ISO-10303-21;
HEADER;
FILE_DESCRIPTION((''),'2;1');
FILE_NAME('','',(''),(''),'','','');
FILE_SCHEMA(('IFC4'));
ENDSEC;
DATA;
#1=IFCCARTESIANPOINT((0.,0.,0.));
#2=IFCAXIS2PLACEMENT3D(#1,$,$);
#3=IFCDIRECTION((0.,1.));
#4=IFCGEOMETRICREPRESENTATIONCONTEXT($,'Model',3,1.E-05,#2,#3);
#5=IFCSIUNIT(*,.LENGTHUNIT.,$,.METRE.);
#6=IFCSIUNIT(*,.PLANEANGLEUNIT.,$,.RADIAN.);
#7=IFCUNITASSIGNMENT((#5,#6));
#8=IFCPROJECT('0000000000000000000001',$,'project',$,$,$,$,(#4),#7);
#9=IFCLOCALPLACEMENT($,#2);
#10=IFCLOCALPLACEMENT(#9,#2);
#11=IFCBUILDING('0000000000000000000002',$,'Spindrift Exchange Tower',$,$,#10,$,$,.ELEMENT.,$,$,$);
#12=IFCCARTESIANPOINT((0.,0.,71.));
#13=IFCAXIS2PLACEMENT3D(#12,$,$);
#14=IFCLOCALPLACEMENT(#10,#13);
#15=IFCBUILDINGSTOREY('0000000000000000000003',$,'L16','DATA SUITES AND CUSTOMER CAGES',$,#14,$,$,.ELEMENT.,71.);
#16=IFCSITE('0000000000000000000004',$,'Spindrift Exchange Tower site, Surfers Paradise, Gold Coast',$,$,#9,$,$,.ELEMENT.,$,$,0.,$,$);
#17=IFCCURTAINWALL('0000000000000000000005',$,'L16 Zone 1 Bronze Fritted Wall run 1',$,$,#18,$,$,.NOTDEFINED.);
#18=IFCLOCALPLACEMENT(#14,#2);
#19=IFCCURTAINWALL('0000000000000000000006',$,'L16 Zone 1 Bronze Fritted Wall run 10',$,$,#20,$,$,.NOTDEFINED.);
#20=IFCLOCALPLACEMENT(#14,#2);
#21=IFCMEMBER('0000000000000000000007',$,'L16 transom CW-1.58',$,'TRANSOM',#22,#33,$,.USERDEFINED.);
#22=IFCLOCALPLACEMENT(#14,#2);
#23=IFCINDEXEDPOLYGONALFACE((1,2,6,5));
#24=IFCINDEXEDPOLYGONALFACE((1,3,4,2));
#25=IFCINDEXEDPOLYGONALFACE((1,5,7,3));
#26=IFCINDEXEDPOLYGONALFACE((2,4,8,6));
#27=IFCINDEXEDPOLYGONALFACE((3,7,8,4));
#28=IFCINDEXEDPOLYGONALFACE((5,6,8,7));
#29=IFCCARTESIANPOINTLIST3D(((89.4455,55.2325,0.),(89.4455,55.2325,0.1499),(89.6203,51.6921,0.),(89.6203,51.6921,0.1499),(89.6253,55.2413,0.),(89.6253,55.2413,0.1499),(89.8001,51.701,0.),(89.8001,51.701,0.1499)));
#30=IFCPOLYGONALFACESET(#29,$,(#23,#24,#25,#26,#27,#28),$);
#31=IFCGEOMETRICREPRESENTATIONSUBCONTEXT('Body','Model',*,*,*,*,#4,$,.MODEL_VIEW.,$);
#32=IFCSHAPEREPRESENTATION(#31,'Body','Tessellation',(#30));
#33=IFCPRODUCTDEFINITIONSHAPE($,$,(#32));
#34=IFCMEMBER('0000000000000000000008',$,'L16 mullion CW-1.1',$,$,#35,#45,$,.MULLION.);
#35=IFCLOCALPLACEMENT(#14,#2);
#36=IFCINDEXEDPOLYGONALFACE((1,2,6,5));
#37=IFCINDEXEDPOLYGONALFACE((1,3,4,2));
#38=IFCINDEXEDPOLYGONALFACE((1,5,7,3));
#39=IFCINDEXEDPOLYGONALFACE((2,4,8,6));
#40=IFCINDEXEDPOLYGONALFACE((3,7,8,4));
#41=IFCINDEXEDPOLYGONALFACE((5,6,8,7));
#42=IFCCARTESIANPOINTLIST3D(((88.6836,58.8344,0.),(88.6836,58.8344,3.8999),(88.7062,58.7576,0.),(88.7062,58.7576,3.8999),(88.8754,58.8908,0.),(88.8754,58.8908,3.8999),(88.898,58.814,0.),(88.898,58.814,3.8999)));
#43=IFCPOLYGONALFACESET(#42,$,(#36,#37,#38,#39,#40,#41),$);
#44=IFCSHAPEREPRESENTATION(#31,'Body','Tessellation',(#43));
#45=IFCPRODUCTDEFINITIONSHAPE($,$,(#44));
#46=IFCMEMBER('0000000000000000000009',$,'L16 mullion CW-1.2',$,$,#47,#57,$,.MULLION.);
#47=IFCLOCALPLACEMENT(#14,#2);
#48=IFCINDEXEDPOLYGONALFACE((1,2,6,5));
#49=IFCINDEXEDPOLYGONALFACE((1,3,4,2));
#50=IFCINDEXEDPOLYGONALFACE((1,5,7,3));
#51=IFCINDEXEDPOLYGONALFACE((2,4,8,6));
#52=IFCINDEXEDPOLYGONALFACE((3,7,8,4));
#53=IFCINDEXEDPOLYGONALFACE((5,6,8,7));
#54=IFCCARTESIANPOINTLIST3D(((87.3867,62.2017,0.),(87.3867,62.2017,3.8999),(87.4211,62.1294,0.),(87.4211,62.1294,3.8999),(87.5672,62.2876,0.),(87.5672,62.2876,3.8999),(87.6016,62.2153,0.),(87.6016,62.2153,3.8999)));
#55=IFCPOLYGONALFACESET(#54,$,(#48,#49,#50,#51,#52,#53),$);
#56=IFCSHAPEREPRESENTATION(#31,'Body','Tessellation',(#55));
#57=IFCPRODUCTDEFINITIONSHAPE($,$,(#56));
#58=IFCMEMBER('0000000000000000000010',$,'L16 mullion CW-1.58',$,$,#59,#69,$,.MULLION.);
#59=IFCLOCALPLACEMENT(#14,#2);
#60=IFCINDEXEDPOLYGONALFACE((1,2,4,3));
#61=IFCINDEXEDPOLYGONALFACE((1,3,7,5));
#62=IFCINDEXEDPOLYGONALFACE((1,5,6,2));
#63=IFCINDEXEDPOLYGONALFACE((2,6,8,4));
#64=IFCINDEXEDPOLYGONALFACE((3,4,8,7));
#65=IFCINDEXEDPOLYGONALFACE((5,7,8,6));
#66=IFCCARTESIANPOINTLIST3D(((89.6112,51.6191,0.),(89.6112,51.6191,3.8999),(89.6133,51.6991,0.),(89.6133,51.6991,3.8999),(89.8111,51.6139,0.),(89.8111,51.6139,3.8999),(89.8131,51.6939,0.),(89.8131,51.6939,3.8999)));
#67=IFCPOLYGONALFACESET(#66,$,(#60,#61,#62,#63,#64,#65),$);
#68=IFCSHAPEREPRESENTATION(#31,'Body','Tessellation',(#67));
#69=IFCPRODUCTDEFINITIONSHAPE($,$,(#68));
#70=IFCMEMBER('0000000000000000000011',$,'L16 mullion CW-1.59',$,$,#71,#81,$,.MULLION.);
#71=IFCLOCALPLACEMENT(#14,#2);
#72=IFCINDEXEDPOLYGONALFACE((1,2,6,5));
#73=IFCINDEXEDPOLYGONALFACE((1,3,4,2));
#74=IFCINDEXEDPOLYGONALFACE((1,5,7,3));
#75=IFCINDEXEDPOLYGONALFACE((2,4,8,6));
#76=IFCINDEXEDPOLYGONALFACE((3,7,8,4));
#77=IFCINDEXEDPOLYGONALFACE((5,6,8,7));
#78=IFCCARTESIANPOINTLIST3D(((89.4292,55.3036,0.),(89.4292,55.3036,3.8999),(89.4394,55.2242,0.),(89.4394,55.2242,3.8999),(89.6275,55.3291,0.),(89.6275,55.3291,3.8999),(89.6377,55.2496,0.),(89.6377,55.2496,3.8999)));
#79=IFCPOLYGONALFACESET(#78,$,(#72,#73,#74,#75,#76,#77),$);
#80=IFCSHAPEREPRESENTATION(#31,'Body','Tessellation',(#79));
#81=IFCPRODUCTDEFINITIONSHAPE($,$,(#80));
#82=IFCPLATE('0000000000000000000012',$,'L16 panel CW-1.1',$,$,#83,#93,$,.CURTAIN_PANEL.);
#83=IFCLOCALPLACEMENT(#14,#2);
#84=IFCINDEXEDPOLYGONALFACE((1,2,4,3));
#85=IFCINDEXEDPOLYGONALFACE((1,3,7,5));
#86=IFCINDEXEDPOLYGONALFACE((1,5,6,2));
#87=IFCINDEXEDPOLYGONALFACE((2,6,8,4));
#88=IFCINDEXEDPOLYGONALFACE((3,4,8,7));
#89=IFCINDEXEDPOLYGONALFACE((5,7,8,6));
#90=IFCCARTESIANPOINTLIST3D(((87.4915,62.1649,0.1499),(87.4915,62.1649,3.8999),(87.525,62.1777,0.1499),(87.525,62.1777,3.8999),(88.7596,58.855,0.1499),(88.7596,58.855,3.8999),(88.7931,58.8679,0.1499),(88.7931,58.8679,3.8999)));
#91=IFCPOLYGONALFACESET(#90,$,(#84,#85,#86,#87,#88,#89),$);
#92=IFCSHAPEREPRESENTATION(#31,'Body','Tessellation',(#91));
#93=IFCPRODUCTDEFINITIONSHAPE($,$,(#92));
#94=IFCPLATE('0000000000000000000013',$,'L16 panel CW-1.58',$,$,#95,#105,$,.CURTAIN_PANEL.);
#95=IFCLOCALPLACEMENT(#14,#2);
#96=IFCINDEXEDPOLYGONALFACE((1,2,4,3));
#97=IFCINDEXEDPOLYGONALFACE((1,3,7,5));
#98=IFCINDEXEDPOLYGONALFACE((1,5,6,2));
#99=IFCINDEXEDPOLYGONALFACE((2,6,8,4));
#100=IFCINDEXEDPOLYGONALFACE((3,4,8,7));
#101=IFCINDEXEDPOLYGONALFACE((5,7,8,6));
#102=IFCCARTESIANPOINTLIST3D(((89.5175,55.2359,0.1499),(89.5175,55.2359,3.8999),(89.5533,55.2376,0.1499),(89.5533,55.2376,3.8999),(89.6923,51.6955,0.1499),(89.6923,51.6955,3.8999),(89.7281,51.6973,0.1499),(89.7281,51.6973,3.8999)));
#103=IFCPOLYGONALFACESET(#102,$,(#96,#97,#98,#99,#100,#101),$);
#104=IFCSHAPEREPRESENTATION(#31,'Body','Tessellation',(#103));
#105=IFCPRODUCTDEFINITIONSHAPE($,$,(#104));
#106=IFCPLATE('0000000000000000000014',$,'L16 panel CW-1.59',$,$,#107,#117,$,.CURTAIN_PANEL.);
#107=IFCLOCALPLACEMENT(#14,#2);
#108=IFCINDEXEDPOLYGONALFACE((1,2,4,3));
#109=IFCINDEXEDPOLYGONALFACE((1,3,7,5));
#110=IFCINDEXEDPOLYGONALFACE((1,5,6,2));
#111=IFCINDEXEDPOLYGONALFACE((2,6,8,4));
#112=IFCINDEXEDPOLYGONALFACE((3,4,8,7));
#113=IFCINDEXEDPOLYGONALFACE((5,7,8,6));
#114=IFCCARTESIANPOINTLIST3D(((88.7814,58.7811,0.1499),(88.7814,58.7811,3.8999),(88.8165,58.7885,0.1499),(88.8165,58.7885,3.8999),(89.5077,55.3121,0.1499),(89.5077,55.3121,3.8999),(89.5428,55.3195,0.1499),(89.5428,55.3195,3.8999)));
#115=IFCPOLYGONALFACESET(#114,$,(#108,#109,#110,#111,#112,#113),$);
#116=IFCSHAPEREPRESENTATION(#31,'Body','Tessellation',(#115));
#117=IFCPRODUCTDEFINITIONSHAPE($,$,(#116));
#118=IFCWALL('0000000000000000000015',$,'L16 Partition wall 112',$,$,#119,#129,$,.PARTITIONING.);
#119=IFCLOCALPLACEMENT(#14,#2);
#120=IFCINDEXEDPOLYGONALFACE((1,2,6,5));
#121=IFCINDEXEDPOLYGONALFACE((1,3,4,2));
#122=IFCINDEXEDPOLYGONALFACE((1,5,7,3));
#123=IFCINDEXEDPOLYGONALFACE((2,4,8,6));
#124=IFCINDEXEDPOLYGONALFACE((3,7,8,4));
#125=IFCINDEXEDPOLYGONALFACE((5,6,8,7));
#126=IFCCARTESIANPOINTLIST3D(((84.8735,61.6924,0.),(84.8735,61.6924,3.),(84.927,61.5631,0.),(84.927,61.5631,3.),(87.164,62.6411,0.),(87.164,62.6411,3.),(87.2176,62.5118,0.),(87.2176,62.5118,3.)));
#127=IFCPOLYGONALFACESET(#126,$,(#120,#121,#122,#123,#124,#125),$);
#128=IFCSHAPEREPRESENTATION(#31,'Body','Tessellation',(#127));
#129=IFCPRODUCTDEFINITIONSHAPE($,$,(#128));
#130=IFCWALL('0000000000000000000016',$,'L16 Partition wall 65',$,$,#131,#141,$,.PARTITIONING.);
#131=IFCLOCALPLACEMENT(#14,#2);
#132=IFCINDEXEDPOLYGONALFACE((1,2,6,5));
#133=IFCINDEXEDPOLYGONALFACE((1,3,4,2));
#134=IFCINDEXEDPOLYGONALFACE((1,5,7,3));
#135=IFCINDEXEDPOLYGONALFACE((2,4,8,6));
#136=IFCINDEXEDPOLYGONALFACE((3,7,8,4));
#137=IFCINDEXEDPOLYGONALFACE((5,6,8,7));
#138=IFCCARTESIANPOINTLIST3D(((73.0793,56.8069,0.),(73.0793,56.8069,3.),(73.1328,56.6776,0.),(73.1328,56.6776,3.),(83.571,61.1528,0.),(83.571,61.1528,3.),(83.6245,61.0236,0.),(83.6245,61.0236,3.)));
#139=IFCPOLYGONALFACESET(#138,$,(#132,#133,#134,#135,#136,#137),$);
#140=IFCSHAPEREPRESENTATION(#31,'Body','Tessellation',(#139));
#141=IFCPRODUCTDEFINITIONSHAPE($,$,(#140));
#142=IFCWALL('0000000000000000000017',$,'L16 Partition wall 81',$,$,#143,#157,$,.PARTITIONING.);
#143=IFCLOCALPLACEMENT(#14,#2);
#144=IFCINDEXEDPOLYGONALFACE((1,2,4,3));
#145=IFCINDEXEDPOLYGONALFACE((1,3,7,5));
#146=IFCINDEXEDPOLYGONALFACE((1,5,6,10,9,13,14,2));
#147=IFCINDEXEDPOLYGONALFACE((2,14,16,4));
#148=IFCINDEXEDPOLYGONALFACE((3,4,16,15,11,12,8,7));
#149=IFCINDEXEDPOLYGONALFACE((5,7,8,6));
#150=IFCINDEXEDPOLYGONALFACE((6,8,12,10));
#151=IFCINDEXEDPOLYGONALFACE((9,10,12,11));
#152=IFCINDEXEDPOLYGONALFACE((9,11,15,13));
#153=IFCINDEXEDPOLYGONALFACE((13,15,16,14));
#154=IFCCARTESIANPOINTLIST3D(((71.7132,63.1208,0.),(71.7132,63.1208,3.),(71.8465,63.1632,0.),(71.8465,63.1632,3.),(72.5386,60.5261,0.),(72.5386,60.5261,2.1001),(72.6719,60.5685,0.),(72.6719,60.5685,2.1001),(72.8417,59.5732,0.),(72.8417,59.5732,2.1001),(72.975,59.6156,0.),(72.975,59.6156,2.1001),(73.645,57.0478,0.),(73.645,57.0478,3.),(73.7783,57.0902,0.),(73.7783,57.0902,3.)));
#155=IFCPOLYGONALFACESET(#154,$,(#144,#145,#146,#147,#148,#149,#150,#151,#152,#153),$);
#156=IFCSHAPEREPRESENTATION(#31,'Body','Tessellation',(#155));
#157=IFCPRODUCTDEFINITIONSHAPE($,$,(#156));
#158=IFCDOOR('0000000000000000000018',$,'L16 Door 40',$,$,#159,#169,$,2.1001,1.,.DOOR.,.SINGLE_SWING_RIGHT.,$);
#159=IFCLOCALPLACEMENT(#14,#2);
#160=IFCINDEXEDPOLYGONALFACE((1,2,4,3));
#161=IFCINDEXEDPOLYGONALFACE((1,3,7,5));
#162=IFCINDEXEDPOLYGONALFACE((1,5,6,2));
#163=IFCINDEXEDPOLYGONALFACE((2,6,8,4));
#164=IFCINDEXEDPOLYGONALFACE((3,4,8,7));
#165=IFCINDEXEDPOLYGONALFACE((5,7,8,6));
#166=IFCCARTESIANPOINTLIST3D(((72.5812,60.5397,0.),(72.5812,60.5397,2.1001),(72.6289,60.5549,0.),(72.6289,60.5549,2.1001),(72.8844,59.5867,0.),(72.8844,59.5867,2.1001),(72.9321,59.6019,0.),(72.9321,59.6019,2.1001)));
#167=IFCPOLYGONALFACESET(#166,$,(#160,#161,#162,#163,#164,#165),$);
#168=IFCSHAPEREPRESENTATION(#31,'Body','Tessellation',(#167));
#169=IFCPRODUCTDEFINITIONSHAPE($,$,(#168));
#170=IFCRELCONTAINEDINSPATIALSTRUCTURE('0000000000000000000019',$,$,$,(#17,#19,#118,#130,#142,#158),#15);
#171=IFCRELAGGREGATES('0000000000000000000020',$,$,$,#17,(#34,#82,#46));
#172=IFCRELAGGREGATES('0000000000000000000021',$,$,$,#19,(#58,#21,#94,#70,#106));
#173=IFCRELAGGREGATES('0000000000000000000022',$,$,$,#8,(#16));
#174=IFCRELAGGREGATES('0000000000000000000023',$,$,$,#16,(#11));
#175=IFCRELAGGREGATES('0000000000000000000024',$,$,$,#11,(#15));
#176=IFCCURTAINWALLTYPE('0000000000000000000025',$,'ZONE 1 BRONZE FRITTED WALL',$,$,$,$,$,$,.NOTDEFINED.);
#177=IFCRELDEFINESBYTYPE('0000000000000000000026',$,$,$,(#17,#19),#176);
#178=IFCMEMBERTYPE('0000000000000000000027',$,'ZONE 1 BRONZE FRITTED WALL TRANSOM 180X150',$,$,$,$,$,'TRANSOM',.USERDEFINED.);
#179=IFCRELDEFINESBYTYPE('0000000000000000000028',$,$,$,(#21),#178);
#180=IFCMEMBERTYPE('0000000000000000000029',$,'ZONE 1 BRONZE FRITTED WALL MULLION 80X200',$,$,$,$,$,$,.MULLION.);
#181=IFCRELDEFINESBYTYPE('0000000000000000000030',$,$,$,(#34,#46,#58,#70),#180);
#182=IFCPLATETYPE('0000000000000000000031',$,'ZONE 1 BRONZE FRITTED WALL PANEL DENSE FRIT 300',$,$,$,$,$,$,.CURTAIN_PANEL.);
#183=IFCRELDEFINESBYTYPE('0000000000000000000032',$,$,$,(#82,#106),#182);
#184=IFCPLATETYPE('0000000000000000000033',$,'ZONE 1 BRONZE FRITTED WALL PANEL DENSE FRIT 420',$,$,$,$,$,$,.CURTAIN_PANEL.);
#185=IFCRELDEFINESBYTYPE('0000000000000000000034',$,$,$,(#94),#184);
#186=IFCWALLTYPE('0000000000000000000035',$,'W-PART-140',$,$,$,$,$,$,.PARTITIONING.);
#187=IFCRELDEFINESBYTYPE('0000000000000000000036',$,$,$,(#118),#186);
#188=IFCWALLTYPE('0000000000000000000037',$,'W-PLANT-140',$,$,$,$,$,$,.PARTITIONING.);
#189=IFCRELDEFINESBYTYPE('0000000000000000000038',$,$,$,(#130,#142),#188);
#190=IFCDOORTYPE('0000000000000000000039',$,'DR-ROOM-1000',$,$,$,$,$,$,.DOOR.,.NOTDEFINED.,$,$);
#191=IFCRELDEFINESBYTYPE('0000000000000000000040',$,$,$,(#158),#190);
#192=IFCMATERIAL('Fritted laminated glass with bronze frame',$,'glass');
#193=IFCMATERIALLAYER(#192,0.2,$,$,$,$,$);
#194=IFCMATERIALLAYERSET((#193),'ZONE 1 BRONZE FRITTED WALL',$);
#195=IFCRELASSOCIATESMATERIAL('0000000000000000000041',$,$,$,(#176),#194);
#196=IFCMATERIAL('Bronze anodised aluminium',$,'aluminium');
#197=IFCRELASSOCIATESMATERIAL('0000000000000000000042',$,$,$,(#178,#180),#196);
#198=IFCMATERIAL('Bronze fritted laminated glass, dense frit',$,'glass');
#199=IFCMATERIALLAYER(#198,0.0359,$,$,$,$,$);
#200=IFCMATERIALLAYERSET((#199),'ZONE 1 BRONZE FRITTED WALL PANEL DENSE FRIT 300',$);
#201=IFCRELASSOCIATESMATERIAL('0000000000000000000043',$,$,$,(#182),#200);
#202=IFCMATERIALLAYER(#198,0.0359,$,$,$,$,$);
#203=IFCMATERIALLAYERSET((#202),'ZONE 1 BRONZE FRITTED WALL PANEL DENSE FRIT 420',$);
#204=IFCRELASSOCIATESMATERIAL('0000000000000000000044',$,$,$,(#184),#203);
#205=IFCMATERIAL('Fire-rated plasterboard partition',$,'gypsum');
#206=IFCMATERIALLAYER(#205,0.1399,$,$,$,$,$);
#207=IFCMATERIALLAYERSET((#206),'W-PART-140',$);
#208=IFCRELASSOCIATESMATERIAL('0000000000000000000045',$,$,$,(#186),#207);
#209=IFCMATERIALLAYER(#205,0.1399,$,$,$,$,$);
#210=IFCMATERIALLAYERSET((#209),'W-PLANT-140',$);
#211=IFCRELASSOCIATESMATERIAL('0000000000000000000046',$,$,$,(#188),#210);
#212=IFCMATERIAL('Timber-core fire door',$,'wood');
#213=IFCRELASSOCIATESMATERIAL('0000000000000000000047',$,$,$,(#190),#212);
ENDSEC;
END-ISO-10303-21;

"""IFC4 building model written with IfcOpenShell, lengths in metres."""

from ifc_helpers import new_model, si_unit, direction, frame, frame_2d, origin, origin_2d, place, context, subcontext, project, spatial, rectangle, extrude, source, transform, mapped, material, layer, layer_set, material_profile, profile_set, type_object, element, fill, aggregate, save


model = new_model("IFC4")

# Units and contexts
model_context = context("Model", 3, precision=1e-05, world=origin(), true_north=direction((0.0, 1.0)))
body_context = subcontext(model_context, "Body", "Model", "MODEL_VIEW")
ifc_project = project(units=[si_unit("LENGTHUNIT", "METRE"), si_unit("PLANEANGLEUNIT", "RADIAN")], contexts=[model_context])

# Site, building, storey
site_placement = place(None, origin())
site = spatial("IfcSite", under=ifc_project, at=site_placement, Name="Spindrift Exchange Tower site, Surfers Paradise, Gold Coast", CompositionType="ELEMENT", RefElevation=0.0)
building_placement = place(site_placement, origin())
building = spatial("IfcBuilding", under=site, at=building_placement, Name="Spindrift Exchange Tower", CompositionType="ELEMENT")
storey_placement = place(building_placement, frame((0.0, 0.0, 71.0)))
storey = spatial("IfcBuildingStorey", under=building, at=storey_placement, Name="L16", Description="DATA SUITES AND CUSTOMER CAGES", CompositionType="ELEMENT", Elevation=71.0)

# Curtain walls
ifc_material_1 = material(Name="Fritted laminated glass with bronze frame", Category="glass")
ifc_layer_1 = layer(ifc_material_1, 0.2)
ifc_layer_set_1 = layer_set([ifc_layer_1], Name="ZONE 1 BRONZE FRITTED WALL")
curtain_wall_type = type_object("IfcCurtainWallType", Name="ZONE 1 BRONZE FRITTED WALL", PredefinedType="NOTDEFINED", material=ifc_layer_set_1)
curtain_wall_1_placement = place(storey_placement, origin())
curtain_wall_1 = element("IfcCurtainWall", 1, at=curtain_wall_1_placement, inside=storey, type_object=curtain_wall_type, Name="L16 Zone 1 Bronze Fritted Wall run 1", PredefinedType="NOTDEFINED")
ifc_material_2 = material(Name="Bronze anodised aluminium", Category="aluminium")
ifc_material_profile_1 = material_profile(ifc_material_2, rectangle(XDim=0.1799, YDim=0.1499, at=origin_2d()), Name="ZONE 1 BRONZE FRITTED WALL TRANSOM 180X150")
ifc_profile_set_1 = profile_set([ifc_material_profile_1], Name="Bronze anodised aluminium")
member_type_1 = type_object("IfcMemberType", Name="ZONE 1 BRONZE FRITTED WALL TRANSOM 180X150", ElementType="TRANSOM", PredefinedType="USERDEFINED", material=ifc_profile_set_1)
curtain_wall_2_placement = place(storey_placement, origin())
curtain_wall_2 = element("IfcCurtainWall", 2, at=curtain_wall_2_placement, inside=storey, type_object=curtain_wall_type, Name="L16 Zone 1 Bronze Fritted Wall run 10", PredefinedType="NOTDEFINED")

# Members
shared_shape_1 = source(origin(), body_context, "Body", "SweptSolid", [
    extrude(rectangle(XDim=0.1799, YDim=0.1499, at=origin_2d()), origin(), (0.0, 0.0, 1.0), 3.5447),
])
member_1_placement = place(storey_placement, frame((89.7102, 51.6965, 0.075), z_axis=(-0.049316, 0.998783, 0.0), x_axis=(-0.998783, -0.049316, 0.0)))
member_1 = element("IfcMember", 3, at=member_1_placement, type_object=member_type_1, Name="L16 transom CW-1.58", ObjectType="TRANSOM", PredefinedType="USERDEFINED", context=body_context, shape_type="MappedRepresentation", body=[
    mapped(shared_shape_1, transform((0.0, 0.0, 0.0), scale=1.0)),
])
ifc_material_profile_2 = material_profile(ifc_material_2, rectangle(XDim=0.0801, YDim=0.2, at=origin_2d()), Name="ZONE 1 BRONZE FRITTED WALL MULLION 80X200")
ifc_profile_set_2 = profile_set([ifc_material_profile_2], Name="Bronze anodised aluminium")
member_type_2 = type_object("IfcMemberType", Name="ZONE 1 BRONZE FRITTED WALL MULLION 80X200", PredefinedType="MULLION", material=ifc_profile_set_2)
shared_shape_2 = source(origin(), body_context, "Body", "SweptSolid", [
    extrude(rectangle(XDim=0.0801, YDim=0.2, at=origin_2d()), origin(), (0.0, 0.0, 1.0), 3.8999),
])
member_2_placement = place(storey_placement, frame((88.7908, 58.8242, 0.0), z_axis=(0.0, 0.0, 1.0), x_axis=(-0.282243, 0.959343, 0.0)))
member_2 = element("IfcMember", 4, at=member_2_placement, type_object=member_type_2, Name="L16 mullion CW-1.1", PredefinedType="MULLION", context=body_context, shape_type="MappedRepresentation", body=[
    mapped(shared_shape_2, transform((0.0, 0.0, 0.0), scale=1.0)),
])
member_3_placement = place(storey_placement, frame((87.4941, 62.2085, 0.0), z_axis=(0.0, 0.0, 1.0), x_axis=(-0.429931, 0.902862, 0.0)))
member_3 = element("IfcMember", 5, at=member_3_placement, type_object=member_type_2, Name="L16 mullion CW-1.2", PredefinedType="MULLION", context=body_context, shape_type="MappedRepresentation", body=[
    mapped(shared_shape_2, transform((0.0, 0.0, 0.0), scale=1.0)),
])
member_4_placement = place(storey_placement, frame((89.7122, 51.6565, 0.0), z_axis=(0.0, 0.0, 1.0), x_axis=(0.025877, 0.999665, 0.0)))
member_4 = element("IfcMember", 6, at=member_4_placement, type_object=member_type_2, Name="L16 mullion CW-1.58", PredefinedType="MULLION", context=body_context, shape_type="MappedRepresentation", body=[
    mapped(shared_shape_2, transform((0.0, 0.0, 0.0), scale=1.0)),
])
member_5_placement = place(storey_placement, frame((89.5334, 55.2766, 0.0), z_axis=(0.0, 0.0, 1.0), x_axis=(-0.127505, 0.991838, 0.0)))
member_5 = element("IfcMember", 7, at=member_5_placement, type_object=member_type_2, Name="L16 mullion CW-1.59", PredefinedType="MULLION", context=body_context, shape_type="MappedRepresentation", body=[
    mapped(shared_shape_2, transform((0.0, 0.0, 0.0), scale=1.0)),
])

# Plates
ifc_material_3 = material(Name="Bronze fritted laminated glass, dense frit", Category="glass")
ifc_layer_2 = layer(ifc_material_3, 0.0359)
ifc_layer_set_2 = layer_set([ifc_layer_2], Name="ZONE 1 BRONZE FRITTED WALL PANEL DENSE FRIT 300")
plate_type_1 = type_object("IfcPlateType", Name="ZONE 1 BRONZE FRITTED WALL PANEL DENSE FRIT 300", PredefinedType="CURTAIN_PANEL", material=ifc_layer_set_2)
shared_shape_3 = source(origin(), body_context, "Body", "SweptSolid", [
    extrude(rectangle(XDim=3.5444, YDim=0.0359, at=origin_2d()), origin(), (0.0, 0.0, 1.0), 3.75),
])
plate_1_placement = place(storey_placement, frame((88.1423, 60.5164, 0.1499), z_axis=(0.0, 0.0, 1.0), x_axis=(-0.35777, 0.93381, 0.0)))
plate_1 = element("IfcPlate", 8, at=plate_1_placement, type_object=plate_type_1, Name="L16 panel CW-1.1", PredefinedType="CURTAIN_PANEL", context=body_context, shape_type="MappedRepresentation", body=[
    mapped(shared_shape_3, transform((0.0, 0.0, 0.0), scale=1.0)),
])
aggregate(curtain_wall_1, [member_2, plate_1, member_3])
ifc_layer_3 = layer(ifc_material_3, 0.0359)
ifc_layer_set_3 = layer_set([ifc_layer_3], Name="ZONE 1 BRONZE FRITTED WALL PANEL DENSE FRIT 420")
plate_type_2 = type_object("IfcPlateType", Name="ZONE 1 BRONZE FRITTED WALL PANEL DENSE FRIT 420", PredefinedType="CURTAIN_PANEL", material=ifc_layer_set_3)
shared_shape_4 = source(origin(), body_context, "Body", "SweptSolid", [
    extrude(rectangle(XDim=3.5447, YDim=0.0359, at=origin_2d()), origin(), (0.0, 0.0, 1.0), 3.75),
])
plate_2_placement = place(storey_placement, frame((89.6228, 53.4666, 0.1499), z_axis=(0.0, 0.0, 1.0), x_axis=(-0.049301, 0.998784, 0.0)))
plate_2 = element("IfcPlate", 9, at=plate_2_placement, type_object=plate_type_2, Name="L16 panel CW-1.58", PredefinedType="CURTAIN_PANEL", context=body_context, shape_type="MappedRepresentation", body=[
    mapped(shared_shape_4, transform((0.0, 0.0, 0.0), scale=1.0)),
])
shared_shape_5 = source(origin(), body_context, "Body", "SweptSolid", [
    extrude(rectangle(XDim=3.5442, YDim=0.0359, at=origin_2d()), origin(), (0.0, 0.0, 1.0), 3.75),
])
plate_3_placement = place(storey_placement, frame((89.1621, 57.0503, 0.1499), z_axis=(0.0, 0.0, 1.0), x_axis=(-0.204921, 0.978778, 0.0)))
plate_3 = element("IfcPlate", 10, at=plate_3_placement, type_object=plate_type_1, Name="L16 panel CW-1.59", PredefinedType="CURTAIN_PANEL", context=body_context, shape_type="MappedRepresentation", body=[
    mapped(shared_shape_5, transform((0.0, 0.0, 0.0), scale=1.0)),
])
aggregate(curtain_wall_2, [member_4, member_1, plate_2, member_5, plate_3])

# Walls
ifc_material_4 = material(Name="Fire-rated plasterboard partition", Category="gypsum")
ifc_layer_4 = layer(ifc_material_4, 0.1399)
ifc_layer_set_4 = layer_set([ifc_layer_4], Name="W-PART-140")
wall_type_1 = type_object("IfcWallType", Name="W-PART-140", PredefinedType="PARTITIONING", material=ifc_layer_set_4)
wall_1_placement = place(storey_placement, frame((84.9001, 61.6277, 0.0), z_axis=(0.0, 0.0, 1.0), x_axis=(0.923885, 0.382671, 0.0)))
element("IfcWall", 11, at=wall_1_placement, inside=storey, type_object=wall_type_1, Name="L16 Partition wall 112", PredefinedType="PARTITIONING", context=body_context, shape_type="SweptSolid", body=[
    extrude(rectangle(XDim=2.4792, YDim=0.1399, at=frame_2d((1.2397, 0.0))), origin(), (0.0, 0.0, 1.0), 3.0),
])
ifc_layer_5 = layer(ifc_material_4, 0.1399)
ifc_layer_set_5 = layer_set([ifc_layer_5], Name="W-PLANT-140")
wall_type_2 = type_object("IfcWallType", Name="W-PLANT-140", PredefinedType="PARTITIONING", material=ifc_layer_set_5)
wall_2_placement = place(storey_placement, frame((73.106, 56.7422, 0.0), z_axis=(0.0, 0.0, 1.0), x_axis=(0.923875, 0.382694, 0.0)))
element("IfcWall", 12, at=wall_2_placement, inside=storey, type_object=wall_type_2, Name="L16 Partition wall 65", PredefinedType="PARTITIONING", context=body_context, shape_type="SweptSolid", body=[
    extrude(rectangle(XDim=11.3562, YDim=0.1399, at=frame_2d((5.6782, 0.0))), origin(), (0.0, 0.0, 1.0), 3.0),
])

# Wall, opening, door
wall_3_placement = place(storey_placement, frame((71.7798, 63.1421, 0.0), z_axis=(0.0, 0.0, 1.0), x_axis=(0.303142, -0.952945, 0.0)))
wall_3 = element("IfcWall", 13, at=wall_3_placement, inside=storey, type_object=wall_type_2, Name="L16 Partition wall 81", PredefinedType="PARTITIONING", context=body_context, shape_type="SweptSolid", body=[
    extrude(rectangle(XDim=6.3728, YDim=0.1399, at=frame_2d((3.1865, 0.0))), origin(), (0.0, 0.0, 1.0), 3.0),
])
opening_placement = place(wall_3_placement, frame((2.7229, 0.0, 0.0)))
opening = element("IfcOpeningElement", 14, at=opening_placement, cuts=wall_3, PredefinedType="OPENING", context=body_context, shape_type="SweptSolid", body=[
    extrude(rectangle(XDim=1.0, YDim=2.1001, at=frame_2d((0.5, 1.05))), frame((0.0, 0.0798, 0.0), z_axis=(0.0, -1.0, 0.0), x_axis=(1.0, 0.0, 0.0)), (0.0, 0.0, 1.0), 0.1599),
])
ifc_material_5 = material(Name="Timber-core fire door", Category="wood")
door_type = type_object("IfcDoorType", Name="DR-ROOM-1000", OperationType="NOTDEFINED", PredefinedType="DOOR", material=ifc_material_5)
shared_shape_6 = source(origin(), body_context, "Body", "SweptSolid", [
    extrude(rectangle(XDim=1.0, YDim=2.1001, at=frame_2d((0.5, 1.05))), frame((0.0, 0.0249, 0.0), z_axis=(0.0, -1.0, 0.0), x_axis=(1.0, 0.0, 0.0)), (0.0, 0.0, 1.0), 0.05),
])
door_placement = place(opening_placement, origin())
door = element("IfcDoor", 15, at=door_placement, inside=storey, type_object=door_type, Name="L16 Door 40", OperationType="SINGLE_SWING_RIGHT", OverallHeight=2.1001, OverallWidth=1.0, PredefinedType="DOOR", context=body_context, shape_type="MappedRepresentation", body=[
    mapped(shared_shape_6, transform((0.0, 0.0, 0.0), scale=1.0)),
])
fill(opening, door)

save(model, "model.ifc")
